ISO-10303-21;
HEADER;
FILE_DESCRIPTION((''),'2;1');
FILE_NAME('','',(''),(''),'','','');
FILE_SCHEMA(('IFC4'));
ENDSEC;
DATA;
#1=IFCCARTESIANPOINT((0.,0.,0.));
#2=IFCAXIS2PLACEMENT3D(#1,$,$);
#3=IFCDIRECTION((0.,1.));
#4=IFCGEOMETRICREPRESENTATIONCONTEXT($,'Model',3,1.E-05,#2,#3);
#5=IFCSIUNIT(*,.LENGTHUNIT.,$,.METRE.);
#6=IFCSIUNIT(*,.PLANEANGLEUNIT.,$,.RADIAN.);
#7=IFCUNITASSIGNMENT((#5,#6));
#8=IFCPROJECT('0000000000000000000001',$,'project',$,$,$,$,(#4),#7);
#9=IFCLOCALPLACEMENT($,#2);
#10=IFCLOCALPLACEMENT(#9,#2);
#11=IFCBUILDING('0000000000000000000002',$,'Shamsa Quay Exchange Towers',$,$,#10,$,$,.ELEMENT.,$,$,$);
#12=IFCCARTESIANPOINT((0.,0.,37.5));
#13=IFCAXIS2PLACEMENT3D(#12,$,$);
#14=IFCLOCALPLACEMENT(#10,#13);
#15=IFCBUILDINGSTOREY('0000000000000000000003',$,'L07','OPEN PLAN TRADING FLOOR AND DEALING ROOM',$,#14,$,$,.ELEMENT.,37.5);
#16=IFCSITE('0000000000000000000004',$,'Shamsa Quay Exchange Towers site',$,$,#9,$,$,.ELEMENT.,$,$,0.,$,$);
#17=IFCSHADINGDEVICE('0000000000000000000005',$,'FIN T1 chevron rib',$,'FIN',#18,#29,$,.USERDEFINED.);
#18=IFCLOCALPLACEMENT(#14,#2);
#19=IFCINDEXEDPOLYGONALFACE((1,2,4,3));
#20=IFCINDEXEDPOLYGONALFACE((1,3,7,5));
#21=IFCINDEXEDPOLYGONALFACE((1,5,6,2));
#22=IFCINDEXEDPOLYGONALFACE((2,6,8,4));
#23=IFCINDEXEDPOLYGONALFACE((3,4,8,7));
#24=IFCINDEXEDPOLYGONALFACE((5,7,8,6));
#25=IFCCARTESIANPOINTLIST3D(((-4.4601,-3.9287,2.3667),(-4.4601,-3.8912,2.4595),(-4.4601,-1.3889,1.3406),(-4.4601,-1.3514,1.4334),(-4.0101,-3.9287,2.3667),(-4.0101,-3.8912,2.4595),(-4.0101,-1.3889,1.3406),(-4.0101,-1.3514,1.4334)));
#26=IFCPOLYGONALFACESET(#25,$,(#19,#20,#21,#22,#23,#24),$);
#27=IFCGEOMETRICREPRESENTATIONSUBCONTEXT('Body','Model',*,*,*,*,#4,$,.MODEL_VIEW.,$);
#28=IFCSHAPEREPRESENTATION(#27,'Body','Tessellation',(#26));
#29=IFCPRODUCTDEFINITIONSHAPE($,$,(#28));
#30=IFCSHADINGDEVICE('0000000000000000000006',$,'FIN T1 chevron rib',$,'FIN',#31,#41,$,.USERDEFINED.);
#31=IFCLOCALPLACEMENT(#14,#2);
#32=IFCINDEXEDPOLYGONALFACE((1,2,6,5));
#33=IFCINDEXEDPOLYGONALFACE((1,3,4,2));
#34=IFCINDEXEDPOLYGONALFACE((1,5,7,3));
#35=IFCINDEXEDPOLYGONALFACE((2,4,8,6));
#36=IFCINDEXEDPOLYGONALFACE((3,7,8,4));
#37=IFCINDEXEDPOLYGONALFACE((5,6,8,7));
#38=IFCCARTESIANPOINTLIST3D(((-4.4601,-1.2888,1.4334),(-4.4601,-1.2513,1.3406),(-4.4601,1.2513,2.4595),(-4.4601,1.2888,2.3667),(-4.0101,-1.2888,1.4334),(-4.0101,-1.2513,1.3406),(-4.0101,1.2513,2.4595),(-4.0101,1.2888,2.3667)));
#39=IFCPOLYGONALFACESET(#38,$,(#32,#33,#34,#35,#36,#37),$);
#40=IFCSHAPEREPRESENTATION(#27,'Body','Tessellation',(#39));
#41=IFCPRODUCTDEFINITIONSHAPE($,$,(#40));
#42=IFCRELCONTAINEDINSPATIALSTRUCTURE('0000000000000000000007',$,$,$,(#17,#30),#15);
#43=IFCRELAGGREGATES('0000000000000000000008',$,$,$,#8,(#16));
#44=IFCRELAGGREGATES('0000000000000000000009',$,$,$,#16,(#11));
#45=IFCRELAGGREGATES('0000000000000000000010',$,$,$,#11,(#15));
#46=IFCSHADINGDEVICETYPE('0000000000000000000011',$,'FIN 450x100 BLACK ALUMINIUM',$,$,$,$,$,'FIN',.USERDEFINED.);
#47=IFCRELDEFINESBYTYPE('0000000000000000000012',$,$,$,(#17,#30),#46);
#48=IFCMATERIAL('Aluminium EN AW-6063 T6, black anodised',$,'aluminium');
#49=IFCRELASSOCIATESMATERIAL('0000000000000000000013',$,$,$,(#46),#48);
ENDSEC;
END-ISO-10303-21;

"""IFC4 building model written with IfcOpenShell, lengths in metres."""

from ifc_helpers import new_model, si_unit, direction, frame, origin, origin_2d, place, context, subcontext, project, spatial, rectangle, extrude, material, material_profile, profile_set, type_object, element, save


model = new_model("IFC4")

# Units and contexts
model_context = context("Model", 3, precision=1e-05, world=origin(), true_north=direction((0.0, 1.0)))
body_context = subcontext(model_context, "Body", "Model", "MODEL_VIEW")
ifc_project = project(units=[si_unit("LENGTHUNIT", "METRE"), si_unit("PLANEANGLEUNIT", "RADIAN")], contexts=[model_context])

# Site, building, storey
site_placement = place(None, origin())
site = spatial("IfcSite", under=ifc_project, at=site_placement, Name="Shamsa Quay Exchange Towers site", CompositionType="ELEMENT", RefElevation=0.0)
building_placement = place(site_placement, origin())
building = spatial("IfcBuilding", under=site, at=building_placement, Name="Shamsa Quay Exchange Towers", CompositionType="ELEMENT")
storey_placement = place(building_placement, frame((0.0, 0.0, 37.5)))
storey = spatial("IfcBuildingStorey", under=building, at=storey_placement, Name="L07", Description="OPEN PLAN TRADING FLOOR AND DEALING ROOM", CompositionType="ELEMENT", Elevation=37.5)

# Shared definitions
ifc_material_1 = material(Name="Aluminium EN AW-6063 T6, black anodised", Category="aluminium")

# Shading devices
ifc_material_profile_1 = material_profile(ifc_material_1, rectangle(XDim=0.45, YDim=0.1001, at=origin_2d()), Name="FIN450x100")
ifc_profile_set_1 = profile_set([ifc_material_profile_1], Name="Aluminium EN AW-6063 T6, black anodised")
shading_device_type = type_object("IfcShadingDeviceType", Name="FIN 450x100 BLACK ALUMINIUM", ElementType="FIN", PredefinedType="USERDEFINED", material=ifc_profile_set_1)
shading_device_1_placement = place(storey_placement, frame((-4.2351, -3.9099, 2.4131), z_axis=(0.0, 0.927186, -0.3746), x_axis=(-1.0, 0.0, 0.0)))
element("IfcShadingDevice", 1, at=shading_device_1_placement, inside=storey, type_object=shading_device_type, Name="FIN T1 chevron rib", ObjectType="FIN", PredefinedType="USERDEFINED", context=body_context, shape_type="SweptSolid", body=[
    extrude(rectangle(XDim=0.45, YDim=0.1001, at=origin_2d()), origin(), (0.0, 0.0, 1.0), 2.7393),
])
shading_device_2_placement = place(storey_placement, frame((-4.2351, -1.27, 1.387), z_axis=(0.0, 0.927199, 0.374569), x_axis=(-1.0, 0.0, 0.0)))
element("IfcShadingDevice", 2, at=shading_device_2_placement, inside=storey, type_object=shading_device_type, Name="FIN T1 chevron rib", ObjectType="FIN", PredefinedType="USERDEFINED", context=body_context, shape_type="SweptSolid", body=[
    extrude(rectangle(XDim=0.45, YDim=0.1001, at=origin_2d()), origin(), (0.0, 0.0, 1.0), 2.7395),
])

save(model, "model.ifc")
